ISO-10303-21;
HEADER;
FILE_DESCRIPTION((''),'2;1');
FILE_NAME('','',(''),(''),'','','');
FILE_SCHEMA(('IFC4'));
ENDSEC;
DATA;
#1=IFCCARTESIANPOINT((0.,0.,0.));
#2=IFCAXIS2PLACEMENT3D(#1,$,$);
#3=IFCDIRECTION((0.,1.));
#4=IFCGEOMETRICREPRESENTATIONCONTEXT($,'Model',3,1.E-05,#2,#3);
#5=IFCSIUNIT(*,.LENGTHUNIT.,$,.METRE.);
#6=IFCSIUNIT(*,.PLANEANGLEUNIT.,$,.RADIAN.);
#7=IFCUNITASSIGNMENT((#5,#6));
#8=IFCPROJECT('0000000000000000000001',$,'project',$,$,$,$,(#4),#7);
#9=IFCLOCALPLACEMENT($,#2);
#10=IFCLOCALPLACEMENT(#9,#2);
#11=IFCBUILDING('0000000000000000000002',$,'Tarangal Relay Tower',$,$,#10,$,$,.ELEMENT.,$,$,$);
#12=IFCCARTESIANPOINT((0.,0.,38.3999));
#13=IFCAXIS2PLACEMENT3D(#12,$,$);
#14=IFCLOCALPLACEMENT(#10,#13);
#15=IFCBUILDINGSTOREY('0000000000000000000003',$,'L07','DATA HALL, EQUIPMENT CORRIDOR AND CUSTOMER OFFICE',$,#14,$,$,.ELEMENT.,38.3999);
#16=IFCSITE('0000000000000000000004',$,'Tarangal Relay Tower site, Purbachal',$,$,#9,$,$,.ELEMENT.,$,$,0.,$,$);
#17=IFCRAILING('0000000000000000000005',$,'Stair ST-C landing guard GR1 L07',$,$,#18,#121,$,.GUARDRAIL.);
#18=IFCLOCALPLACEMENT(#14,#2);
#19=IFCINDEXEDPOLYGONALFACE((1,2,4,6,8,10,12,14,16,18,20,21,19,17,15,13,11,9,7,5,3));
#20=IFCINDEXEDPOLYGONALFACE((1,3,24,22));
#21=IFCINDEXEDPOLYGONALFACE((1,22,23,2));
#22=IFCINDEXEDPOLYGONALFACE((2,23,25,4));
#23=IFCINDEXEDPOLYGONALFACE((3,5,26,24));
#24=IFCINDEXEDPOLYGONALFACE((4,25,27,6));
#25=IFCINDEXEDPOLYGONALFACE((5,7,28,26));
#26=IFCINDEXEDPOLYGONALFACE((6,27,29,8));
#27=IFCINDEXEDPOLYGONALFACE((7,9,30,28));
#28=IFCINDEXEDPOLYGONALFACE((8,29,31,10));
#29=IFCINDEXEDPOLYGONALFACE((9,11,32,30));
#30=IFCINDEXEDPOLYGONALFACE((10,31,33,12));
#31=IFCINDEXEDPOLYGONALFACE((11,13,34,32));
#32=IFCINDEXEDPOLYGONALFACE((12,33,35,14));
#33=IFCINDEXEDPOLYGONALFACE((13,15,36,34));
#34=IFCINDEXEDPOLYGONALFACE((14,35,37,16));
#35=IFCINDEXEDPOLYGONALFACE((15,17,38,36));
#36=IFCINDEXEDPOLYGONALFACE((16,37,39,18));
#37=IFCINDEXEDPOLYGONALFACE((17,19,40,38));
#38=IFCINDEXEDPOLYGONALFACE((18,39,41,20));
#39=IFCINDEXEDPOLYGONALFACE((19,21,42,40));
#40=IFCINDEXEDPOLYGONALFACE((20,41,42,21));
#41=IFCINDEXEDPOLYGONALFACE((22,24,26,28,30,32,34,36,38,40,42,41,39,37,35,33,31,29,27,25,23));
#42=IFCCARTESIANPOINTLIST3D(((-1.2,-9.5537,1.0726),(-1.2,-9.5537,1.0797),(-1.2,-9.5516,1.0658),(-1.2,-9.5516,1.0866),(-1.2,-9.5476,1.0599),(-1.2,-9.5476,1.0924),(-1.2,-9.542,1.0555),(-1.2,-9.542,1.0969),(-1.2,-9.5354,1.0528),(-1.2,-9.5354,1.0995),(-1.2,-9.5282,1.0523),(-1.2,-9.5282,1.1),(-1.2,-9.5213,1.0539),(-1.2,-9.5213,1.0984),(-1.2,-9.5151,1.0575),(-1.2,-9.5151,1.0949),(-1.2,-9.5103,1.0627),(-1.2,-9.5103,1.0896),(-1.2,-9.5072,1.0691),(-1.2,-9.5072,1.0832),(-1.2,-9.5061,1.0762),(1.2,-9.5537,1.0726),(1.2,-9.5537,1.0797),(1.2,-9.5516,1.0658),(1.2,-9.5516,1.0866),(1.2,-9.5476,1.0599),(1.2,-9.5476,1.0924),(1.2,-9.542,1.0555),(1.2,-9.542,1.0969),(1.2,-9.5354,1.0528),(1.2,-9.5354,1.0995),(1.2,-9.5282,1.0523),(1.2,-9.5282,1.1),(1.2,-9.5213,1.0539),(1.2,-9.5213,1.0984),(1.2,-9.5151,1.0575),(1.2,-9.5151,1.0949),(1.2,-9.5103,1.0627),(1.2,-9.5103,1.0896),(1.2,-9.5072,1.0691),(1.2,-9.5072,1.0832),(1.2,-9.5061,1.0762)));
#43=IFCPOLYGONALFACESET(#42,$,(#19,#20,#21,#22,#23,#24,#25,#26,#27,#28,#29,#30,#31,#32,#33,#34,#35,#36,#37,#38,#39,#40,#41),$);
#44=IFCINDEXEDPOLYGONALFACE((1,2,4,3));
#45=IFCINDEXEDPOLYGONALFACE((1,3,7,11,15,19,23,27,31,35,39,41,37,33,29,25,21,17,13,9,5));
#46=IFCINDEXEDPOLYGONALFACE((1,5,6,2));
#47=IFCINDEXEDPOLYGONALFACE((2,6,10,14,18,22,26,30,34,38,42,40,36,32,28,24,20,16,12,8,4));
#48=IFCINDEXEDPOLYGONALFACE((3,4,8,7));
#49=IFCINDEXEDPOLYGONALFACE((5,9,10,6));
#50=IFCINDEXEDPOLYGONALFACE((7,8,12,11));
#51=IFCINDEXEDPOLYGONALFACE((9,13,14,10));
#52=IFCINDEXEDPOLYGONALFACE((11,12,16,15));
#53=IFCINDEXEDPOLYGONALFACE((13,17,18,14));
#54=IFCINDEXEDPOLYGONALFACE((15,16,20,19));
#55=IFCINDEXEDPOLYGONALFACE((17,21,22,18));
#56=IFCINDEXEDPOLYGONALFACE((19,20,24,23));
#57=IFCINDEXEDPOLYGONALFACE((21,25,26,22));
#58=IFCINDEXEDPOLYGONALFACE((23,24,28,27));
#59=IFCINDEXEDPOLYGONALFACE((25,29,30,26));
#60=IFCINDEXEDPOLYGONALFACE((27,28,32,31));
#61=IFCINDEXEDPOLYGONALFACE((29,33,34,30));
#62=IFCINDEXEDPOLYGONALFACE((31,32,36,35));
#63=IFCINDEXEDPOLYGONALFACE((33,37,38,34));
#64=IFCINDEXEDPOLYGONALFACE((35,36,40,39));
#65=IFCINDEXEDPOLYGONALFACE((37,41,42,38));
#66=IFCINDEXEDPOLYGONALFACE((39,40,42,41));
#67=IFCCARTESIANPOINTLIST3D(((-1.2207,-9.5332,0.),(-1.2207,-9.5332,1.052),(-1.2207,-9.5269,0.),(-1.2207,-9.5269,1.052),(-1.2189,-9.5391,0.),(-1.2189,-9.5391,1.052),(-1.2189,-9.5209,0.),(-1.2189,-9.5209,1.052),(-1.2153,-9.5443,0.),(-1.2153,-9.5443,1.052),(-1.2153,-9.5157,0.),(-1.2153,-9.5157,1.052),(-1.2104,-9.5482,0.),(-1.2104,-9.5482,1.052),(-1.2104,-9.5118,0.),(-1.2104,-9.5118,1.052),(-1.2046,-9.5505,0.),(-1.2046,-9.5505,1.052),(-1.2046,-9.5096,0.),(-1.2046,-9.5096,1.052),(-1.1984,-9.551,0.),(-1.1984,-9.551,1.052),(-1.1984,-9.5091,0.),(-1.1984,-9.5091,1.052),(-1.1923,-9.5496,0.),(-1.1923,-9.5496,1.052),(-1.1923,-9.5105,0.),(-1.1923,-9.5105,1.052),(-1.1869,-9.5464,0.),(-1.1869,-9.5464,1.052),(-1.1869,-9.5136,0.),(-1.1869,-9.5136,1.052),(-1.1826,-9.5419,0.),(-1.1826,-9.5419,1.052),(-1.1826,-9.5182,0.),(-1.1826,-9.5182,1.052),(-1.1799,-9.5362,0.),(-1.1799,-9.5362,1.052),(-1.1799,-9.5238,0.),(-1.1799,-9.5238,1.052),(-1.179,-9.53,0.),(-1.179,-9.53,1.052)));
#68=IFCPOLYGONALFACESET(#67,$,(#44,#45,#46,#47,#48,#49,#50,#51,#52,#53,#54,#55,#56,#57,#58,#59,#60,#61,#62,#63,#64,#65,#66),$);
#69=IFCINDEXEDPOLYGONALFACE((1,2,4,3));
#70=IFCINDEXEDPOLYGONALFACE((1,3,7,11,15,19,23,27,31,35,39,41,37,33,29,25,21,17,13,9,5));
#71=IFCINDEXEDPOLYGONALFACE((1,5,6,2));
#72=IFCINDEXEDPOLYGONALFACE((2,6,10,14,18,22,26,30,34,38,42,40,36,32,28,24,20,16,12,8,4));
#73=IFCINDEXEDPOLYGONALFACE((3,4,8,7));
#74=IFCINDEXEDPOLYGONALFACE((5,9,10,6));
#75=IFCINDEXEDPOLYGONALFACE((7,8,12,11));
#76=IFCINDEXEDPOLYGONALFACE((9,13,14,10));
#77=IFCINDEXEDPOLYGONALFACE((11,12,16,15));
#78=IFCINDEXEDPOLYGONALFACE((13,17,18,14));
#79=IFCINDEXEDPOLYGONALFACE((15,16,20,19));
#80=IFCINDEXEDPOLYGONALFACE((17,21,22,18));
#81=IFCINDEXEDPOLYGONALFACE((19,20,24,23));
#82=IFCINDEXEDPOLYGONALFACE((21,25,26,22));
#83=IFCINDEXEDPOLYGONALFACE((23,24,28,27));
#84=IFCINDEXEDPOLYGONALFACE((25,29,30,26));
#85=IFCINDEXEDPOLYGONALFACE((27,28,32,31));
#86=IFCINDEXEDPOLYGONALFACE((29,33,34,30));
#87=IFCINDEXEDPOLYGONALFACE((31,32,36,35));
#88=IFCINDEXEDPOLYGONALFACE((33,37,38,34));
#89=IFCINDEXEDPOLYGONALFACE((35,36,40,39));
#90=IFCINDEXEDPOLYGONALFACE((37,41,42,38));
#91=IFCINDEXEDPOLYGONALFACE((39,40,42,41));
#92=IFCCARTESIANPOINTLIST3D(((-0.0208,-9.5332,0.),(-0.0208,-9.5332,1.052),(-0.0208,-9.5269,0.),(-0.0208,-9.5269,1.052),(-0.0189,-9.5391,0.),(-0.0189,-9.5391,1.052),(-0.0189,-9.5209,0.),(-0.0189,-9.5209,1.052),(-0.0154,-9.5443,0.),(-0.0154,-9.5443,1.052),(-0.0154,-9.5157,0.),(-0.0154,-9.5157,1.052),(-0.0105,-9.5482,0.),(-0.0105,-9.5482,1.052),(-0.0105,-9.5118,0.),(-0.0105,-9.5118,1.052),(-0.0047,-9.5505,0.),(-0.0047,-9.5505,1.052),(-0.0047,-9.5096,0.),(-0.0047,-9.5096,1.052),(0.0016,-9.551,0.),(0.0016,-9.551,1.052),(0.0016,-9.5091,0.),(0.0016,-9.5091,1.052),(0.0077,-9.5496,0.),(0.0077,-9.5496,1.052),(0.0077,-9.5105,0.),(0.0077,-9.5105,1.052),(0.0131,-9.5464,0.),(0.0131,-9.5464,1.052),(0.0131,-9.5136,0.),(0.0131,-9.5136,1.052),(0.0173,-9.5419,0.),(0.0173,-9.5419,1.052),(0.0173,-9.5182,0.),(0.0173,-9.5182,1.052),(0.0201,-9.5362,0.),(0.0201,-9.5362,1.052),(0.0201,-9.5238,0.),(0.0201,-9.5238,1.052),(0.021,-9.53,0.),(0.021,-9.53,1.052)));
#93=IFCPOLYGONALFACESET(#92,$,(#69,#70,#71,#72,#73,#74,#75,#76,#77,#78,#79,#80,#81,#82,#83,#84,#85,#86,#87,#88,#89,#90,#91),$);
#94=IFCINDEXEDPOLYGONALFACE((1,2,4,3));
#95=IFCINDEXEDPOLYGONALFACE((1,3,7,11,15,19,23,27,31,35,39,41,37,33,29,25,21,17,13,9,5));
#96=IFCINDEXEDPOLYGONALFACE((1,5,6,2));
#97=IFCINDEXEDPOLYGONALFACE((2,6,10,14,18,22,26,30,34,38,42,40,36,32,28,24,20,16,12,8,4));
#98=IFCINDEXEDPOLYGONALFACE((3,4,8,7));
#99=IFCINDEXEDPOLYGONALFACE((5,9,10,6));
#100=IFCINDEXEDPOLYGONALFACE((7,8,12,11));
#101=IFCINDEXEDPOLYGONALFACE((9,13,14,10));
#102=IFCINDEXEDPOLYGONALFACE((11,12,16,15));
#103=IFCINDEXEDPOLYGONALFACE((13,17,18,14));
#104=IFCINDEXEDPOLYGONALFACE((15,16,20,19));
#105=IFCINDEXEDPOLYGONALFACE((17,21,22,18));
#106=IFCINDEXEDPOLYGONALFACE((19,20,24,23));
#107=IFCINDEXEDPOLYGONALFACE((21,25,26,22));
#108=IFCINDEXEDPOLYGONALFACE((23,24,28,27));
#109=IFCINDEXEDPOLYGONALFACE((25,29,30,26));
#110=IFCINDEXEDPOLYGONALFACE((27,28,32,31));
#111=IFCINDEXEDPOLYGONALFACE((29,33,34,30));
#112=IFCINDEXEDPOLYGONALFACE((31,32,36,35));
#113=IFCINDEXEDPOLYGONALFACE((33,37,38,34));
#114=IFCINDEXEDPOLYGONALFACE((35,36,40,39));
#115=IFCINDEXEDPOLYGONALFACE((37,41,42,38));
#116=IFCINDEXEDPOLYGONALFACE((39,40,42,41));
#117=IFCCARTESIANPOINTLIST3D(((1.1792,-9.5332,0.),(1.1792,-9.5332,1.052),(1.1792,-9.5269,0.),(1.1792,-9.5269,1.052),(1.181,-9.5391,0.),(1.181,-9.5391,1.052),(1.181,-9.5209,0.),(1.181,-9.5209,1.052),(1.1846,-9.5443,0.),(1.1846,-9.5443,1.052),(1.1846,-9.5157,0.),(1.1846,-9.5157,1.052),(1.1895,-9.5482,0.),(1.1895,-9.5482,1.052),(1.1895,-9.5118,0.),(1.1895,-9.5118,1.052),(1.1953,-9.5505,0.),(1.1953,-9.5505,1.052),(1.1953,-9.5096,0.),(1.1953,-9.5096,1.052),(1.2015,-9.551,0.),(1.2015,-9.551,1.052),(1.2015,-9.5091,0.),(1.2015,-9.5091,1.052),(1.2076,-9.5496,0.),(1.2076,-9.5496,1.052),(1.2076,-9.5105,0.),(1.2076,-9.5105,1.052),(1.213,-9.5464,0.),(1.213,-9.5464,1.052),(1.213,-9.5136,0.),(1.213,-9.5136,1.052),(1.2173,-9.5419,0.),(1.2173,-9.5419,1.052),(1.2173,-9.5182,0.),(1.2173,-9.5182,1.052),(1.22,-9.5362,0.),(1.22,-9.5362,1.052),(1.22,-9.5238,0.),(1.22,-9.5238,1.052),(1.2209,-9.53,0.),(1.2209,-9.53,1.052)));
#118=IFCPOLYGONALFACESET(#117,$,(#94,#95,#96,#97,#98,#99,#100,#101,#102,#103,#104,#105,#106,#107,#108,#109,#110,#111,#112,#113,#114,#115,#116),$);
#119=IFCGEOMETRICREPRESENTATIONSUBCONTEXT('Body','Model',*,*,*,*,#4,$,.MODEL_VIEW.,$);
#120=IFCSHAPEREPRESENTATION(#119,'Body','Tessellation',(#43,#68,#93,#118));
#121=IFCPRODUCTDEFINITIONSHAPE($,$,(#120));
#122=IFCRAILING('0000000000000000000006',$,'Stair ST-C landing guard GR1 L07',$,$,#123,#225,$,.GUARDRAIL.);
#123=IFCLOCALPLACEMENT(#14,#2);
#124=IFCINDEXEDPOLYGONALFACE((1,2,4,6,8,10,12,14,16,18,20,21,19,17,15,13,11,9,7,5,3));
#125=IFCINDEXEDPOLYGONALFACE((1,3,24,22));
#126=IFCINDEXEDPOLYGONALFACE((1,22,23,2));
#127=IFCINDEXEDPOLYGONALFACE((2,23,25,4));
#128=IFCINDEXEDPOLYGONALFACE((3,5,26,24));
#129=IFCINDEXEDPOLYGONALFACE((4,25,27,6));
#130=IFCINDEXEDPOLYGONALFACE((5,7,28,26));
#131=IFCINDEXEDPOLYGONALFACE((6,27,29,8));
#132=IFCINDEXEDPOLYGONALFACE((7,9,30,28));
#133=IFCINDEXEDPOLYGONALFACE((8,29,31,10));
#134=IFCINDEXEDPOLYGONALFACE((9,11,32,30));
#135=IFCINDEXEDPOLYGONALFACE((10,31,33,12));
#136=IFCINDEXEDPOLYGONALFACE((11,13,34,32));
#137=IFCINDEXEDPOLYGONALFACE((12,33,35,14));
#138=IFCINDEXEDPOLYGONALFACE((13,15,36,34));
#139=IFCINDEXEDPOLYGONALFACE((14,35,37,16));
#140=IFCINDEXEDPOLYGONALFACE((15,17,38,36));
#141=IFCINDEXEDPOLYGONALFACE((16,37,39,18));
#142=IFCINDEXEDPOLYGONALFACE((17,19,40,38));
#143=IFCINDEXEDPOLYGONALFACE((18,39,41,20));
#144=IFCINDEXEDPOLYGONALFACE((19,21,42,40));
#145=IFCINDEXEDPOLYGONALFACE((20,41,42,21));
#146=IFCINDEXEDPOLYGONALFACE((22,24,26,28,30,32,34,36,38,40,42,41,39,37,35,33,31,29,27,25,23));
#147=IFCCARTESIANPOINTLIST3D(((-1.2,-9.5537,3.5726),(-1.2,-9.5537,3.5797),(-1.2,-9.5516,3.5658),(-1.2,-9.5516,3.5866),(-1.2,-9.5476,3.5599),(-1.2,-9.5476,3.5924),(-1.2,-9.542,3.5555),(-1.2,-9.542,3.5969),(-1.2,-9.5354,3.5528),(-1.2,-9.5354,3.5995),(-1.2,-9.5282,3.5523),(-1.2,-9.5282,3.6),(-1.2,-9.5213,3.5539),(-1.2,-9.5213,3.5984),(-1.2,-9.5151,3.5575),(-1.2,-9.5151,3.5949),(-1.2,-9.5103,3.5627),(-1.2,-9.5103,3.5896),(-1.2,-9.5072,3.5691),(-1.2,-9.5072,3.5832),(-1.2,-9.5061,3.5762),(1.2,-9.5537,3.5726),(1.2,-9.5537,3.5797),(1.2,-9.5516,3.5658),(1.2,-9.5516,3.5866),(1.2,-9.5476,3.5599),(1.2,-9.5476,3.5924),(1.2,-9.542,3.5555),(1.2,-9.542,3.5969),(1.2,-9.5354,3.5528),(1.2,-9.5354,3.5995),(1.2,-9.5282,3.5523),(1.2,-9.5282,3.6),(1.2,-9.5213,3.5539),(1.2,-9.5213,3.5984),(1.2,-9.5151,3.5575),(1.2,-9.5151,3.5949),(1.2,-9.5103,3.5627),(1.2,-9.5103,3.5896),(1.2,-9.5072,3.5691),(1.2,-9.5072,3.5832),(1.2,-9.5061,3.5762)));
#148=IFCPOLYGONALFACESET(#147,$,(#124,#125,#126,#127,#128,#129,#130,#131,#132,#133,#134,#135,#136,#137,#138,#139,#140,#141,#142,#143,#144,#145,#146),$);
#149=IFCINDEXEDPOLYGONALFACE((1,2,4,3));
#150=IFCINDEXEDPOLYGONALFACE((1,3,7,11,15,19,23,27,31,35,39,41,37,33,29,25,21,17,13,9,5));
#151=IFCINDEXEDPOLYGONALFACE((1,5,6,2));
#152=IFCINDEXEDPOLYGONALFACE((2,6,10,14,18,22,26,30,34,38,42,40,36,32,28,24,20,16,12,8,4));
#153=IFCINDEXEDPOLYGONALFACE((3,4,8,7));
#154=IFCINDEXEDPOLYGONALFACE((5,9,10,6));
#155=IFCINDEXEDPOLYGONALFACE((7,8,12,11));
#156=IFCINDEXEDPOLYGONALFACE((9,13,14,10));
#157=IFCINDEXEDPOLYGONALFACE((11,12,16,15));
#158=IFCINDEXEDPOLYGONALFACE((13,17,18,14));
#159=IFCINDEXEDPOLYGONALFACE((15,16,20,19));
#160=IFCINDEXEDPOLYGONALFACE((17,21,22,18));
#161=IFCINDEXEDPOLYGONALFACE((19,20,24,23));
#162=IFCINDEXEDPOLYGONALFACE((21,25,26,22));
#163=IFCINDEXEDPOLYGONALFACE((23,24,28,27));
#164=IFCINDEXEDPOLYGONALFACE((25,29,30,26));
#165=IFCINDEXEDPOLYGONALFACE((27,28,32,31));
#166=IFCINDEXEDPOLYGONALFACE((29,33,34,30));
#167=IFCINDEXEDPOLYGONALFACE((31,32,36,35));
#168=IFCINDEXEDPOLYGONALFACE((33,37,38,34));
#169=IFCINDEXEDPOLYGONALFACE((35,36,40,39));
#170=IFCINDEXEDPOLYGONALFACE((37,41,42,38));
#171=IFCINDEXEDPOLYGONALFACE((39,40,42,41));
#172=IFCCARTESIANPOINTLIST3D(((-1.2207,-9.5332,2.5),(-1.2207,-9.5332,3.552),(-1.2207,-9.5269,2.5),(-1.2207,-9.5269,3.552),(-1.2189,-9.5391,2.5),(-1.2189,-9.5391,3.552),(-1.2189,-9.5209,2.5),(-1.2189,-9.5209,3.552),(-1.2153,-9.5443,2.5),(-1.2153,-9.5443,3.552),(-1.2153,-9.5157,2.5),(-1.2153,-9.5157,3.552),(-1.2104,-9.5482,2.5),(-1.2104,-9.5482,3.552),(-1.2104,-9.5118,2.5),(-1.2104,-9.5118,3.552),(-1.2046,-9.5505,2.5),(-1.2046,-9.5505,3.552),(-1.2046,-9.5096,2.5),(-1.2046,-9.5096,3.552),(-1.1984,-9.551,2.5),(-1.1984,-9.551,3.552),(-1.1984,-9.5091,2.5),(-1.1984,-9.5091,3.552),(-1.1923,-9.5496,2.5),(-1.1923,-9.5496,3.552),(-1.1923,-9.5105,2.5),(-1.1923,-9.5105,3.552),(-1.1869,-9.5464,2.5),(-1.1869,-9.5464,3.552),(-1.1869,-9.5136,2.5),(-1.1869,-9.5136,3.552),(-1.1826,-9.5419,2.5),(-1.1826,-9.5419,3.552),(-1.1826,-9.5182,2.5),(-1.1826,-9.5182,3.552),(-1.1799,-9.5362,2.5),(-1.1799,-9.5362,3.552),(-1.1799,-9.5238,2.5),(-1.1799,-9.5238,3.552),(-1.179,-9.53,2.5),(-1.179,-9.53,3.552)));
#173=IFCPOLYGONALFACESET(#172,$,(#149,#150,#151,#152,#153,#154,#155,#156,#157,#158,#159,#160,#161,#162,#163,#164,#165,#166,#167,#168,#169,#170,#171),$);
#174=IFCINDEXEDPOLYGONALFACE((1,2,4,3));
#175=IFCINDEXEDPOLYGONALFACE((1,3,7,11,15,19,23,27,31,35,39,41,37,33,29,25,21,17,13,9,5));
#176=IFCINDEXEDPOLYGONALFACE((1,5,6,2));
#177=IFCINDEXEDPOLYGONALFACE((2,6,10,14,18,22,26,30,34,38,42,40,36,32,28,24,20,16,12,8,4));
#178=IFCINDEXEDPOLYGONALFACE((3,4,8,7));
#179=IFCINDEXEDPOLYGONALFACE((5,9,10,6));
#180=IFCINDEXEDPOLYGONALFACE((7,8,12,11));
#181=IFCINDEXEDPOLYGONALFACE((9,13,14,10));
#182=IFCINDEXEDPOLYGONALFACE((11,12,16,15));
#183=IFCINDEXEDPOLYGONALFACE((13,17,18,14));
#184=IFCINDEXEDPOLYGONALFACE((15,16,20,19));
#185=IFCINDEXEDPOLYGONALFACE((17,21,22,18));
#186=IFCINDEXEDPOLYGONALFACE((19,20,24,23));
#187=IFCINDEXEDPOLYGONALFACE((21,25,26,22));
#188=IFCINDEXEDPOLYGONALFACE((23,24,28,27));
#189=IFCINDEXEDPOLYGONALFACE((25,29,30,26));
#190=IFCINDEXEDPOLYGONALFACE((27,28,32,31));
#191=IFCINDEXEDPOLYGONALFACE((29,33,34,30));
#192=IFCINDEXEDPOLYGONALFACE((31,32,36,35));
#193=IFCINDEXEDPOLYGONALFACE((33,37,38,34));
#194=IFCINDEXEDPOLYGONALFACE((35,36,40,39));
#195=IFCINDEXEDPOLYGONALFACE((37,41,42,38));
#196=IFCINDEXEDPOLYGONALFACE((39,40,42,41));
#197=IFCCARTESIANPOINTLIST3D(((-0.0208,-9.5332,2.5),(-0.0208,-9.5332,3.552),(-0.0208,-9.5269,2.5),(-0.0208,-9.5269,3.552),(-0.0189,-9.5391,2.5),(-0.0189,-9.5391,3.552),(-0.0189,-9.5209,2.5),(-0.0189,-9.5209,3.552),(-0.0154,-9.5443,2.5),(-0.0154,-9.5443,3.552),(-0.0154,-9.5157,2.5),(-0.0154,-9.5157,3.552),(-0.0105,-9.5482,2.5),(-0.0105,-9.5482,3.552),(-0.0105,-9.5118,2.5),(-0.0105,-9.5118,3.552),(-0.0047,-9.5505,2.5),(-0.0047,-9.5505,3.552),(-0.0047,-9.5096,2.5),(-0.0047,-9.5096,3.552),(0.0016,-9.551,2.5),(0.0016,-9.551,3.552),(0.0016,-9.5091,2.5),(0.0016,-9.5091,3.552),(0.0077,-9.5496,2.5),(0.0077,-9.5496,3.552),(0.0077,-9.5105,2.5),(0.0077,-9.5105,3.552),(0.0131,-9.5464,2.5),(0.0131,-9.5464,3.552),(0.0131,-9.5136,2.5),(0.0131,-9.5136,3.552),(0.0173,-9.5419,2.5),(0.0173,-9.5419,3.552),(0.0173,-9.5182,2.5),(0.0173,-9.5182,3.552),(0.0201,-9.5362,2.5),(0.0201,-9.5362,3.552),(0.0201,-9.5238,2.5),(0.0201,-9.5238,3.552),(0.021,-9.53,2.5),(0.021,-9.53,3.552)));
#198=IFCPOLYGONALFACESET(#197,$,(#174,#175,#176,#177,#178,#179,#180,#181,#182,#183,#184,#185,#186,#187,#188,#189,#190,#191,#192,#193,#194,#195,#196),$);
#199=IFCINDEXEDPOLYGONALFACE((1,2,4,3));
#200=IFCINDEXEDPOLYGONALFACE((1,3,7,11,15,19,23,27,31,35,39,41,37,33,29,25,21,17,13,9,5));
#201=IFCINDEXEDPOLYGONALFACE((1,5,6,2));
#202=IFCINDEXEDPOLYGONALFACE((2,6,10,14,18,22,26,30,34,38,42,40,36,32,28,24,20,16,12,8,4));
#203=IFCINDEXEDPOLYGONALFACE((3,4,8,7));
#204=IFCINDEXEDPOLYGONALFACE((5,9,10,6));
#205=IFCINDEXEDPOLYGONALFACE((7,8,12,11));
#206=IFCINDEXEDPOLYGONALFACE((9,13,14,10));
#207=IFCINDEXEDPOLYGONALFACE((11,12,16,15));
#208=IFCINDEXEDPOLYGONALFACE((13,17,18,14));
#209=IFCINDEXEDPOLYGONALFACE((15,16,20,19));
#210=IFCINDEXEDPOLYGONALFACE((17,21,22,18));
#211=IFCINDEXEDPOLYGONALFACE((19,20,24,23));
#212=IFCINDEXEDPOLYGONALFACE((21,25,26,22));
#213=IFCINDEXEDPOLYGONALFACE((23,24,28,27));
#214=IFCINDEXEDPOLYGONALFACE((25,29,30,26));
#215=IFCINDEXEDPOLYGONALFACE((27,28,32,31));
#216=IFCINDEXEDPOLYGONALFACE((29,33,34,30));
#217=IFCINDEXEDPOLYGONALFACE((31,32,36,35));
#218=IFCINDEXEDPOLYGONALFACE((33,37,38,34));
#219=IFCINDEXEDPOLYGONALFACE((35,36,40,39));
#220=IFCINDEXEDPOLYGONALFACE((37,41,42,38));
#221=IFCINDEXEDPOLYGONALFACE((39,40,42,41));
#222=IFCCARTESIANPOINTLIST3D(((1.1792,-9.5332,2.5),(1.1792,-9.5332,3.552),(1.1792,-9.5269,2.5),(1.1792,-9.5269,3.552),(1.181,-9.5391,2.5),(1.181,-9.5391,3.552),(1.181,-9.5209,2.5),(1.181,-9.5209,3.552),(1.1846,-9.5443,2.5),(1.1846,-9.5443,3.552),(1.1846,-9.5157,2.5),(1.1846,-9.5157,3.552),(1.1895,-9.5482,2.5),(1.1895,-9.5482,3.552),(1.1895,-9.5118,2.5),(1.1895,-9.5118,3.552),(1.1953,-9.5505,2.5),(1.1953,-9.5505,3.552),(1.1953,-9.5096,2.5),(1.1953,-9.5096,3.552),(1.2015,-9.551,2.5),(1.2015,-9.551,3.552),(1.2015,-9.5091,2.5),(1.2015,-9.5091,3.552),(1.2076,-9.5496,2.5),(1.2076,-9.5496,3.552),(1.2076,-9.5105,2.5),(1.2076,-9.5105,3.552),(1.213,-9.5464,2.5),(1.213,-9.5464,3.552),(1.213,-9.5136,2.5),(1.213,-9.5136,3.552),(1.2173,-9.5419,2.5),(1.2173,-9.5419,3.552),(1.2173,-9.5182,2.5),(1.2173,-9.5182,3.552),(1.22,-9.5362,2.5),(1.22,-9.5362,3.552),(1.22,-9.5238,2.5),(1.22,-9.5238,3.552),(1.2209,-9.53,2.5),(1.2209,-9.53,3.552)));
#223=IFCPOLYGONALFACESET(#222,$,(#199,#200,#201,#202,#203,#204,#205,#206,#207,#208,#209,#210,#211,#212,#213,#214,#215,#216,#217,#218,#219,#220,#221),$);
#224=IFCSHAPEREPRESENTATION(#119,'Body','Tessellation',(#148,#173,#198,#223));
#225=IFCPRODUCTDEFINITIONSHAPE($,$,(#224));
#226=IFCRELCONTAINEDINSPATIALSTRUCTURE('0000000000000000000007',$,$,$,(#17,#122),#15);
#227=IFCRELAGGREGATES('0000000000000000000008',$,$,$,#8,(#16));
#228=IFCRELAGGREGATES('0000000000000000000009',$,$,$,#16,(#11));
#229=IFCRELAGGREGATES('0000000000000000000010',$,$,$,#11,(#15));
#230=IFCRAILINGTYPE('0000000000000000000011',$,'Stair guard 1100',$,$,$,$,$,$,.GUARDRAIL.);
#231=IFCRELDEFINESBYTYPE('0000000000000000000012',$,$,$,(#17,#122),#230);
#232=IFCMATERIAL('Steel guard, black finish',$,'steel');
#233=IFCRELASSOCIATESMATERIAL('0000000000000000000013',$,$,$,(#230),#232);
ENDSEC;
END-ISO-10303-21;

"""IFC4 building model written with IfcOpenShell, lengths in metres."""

from ifc_helpers import new_model, si_unit, direction, frame, origin, origin_2d, place, context, subcontext, project, spatial, circle, extrude, material, type_object, element, save


model = new_model("IFC4")

# Units and contexts
model_context = context("Model", 3, precision=1e-05, world=origin(), true_north=direction((0.0, 1.0)))
body_context = subcontext(model_context, "Body", "Model", "MODEL_VIEW")
ifc_project = project(units=[si_unit("LENGTHUNIT", "METRE"), si_unit("PLANEANGLEUNIT", "RADIAN")], contexts=[model_context])

# Site, building, storey
site_placement = place(None, origin())
site = spatial("IfcSite", under=ifc_project, at=site_placement, Name="Tarangal Relay Tower site, Purbachal", CompositionType="ELEMENT", RefElevation=0.0)
building_placement = place(site_placement, origin())
building = spatial("IfcBuilding", under=site, at=building_placement, Name="Tarangal Relay Tower", CompositionType="ELEMENT")
storey_placement = place(building_placement, frame((0.0, 0.0, 38.3999)))
storey = spatial("IfcBuildingStorey", under=building, at=storey_placement, Name="L07", Description="DATA HALL, EQUIPMENT CORRIDOR AND CUSTOMER OFFICE", CompositionType="ELEMENT", Elevation=38.3999)

# Railings
ifc_material_1 = material(Name="Steel guard, black finish", Category="steel")
railing_type_1 = type_object("IfcRailingType", Name="Stair guard 1100", PredefinedType="GUARDRAIL", material=ifc_material_1)
for number, where, name in (
    (1, (-1.2, -9.53, 0.0), "Stair ST-C landing guard GR1 L07"),
    (2, (-1.2, -9.53, 2.5), "Stair ST-C landing guard GR1 L07"),
):
    element("IfcRailing", number, at=place(storey_placement, frame(where)), inside=storey, type_object=railing_type_1, Name=name, PredefinedType="GUARDRAIL", context=body_context, shape_type="SweptSolid", body=[
        extrude(circle(Radius=0.0239, at=origin_2d()), frame((0.0, 0.0, 1.0762), z_axis=(1.0, 0.0, 0.0), x_axis=(0.0, 1.0, 0.0)), (0.0, 0.0, 1.0), 2.3999),
        extrude(circle(Radius=0.021, at=origin_2d()), origin(), (0.0, 0.0, 1.0), 1.052),
        extrude(circle(Radius=0.021, at=origin_2d()), frame((1.2, 0.0, 0.0)), (0.0, 0.0, 1.0), 1.052),
        extrude(circle(Radius=0.021, at=origin_2d()), frame((2.3999, 0.0, 0.0)), (0.0, 0.0, 1.0), 1.052),
    ])

save(model, "model.ifc")
